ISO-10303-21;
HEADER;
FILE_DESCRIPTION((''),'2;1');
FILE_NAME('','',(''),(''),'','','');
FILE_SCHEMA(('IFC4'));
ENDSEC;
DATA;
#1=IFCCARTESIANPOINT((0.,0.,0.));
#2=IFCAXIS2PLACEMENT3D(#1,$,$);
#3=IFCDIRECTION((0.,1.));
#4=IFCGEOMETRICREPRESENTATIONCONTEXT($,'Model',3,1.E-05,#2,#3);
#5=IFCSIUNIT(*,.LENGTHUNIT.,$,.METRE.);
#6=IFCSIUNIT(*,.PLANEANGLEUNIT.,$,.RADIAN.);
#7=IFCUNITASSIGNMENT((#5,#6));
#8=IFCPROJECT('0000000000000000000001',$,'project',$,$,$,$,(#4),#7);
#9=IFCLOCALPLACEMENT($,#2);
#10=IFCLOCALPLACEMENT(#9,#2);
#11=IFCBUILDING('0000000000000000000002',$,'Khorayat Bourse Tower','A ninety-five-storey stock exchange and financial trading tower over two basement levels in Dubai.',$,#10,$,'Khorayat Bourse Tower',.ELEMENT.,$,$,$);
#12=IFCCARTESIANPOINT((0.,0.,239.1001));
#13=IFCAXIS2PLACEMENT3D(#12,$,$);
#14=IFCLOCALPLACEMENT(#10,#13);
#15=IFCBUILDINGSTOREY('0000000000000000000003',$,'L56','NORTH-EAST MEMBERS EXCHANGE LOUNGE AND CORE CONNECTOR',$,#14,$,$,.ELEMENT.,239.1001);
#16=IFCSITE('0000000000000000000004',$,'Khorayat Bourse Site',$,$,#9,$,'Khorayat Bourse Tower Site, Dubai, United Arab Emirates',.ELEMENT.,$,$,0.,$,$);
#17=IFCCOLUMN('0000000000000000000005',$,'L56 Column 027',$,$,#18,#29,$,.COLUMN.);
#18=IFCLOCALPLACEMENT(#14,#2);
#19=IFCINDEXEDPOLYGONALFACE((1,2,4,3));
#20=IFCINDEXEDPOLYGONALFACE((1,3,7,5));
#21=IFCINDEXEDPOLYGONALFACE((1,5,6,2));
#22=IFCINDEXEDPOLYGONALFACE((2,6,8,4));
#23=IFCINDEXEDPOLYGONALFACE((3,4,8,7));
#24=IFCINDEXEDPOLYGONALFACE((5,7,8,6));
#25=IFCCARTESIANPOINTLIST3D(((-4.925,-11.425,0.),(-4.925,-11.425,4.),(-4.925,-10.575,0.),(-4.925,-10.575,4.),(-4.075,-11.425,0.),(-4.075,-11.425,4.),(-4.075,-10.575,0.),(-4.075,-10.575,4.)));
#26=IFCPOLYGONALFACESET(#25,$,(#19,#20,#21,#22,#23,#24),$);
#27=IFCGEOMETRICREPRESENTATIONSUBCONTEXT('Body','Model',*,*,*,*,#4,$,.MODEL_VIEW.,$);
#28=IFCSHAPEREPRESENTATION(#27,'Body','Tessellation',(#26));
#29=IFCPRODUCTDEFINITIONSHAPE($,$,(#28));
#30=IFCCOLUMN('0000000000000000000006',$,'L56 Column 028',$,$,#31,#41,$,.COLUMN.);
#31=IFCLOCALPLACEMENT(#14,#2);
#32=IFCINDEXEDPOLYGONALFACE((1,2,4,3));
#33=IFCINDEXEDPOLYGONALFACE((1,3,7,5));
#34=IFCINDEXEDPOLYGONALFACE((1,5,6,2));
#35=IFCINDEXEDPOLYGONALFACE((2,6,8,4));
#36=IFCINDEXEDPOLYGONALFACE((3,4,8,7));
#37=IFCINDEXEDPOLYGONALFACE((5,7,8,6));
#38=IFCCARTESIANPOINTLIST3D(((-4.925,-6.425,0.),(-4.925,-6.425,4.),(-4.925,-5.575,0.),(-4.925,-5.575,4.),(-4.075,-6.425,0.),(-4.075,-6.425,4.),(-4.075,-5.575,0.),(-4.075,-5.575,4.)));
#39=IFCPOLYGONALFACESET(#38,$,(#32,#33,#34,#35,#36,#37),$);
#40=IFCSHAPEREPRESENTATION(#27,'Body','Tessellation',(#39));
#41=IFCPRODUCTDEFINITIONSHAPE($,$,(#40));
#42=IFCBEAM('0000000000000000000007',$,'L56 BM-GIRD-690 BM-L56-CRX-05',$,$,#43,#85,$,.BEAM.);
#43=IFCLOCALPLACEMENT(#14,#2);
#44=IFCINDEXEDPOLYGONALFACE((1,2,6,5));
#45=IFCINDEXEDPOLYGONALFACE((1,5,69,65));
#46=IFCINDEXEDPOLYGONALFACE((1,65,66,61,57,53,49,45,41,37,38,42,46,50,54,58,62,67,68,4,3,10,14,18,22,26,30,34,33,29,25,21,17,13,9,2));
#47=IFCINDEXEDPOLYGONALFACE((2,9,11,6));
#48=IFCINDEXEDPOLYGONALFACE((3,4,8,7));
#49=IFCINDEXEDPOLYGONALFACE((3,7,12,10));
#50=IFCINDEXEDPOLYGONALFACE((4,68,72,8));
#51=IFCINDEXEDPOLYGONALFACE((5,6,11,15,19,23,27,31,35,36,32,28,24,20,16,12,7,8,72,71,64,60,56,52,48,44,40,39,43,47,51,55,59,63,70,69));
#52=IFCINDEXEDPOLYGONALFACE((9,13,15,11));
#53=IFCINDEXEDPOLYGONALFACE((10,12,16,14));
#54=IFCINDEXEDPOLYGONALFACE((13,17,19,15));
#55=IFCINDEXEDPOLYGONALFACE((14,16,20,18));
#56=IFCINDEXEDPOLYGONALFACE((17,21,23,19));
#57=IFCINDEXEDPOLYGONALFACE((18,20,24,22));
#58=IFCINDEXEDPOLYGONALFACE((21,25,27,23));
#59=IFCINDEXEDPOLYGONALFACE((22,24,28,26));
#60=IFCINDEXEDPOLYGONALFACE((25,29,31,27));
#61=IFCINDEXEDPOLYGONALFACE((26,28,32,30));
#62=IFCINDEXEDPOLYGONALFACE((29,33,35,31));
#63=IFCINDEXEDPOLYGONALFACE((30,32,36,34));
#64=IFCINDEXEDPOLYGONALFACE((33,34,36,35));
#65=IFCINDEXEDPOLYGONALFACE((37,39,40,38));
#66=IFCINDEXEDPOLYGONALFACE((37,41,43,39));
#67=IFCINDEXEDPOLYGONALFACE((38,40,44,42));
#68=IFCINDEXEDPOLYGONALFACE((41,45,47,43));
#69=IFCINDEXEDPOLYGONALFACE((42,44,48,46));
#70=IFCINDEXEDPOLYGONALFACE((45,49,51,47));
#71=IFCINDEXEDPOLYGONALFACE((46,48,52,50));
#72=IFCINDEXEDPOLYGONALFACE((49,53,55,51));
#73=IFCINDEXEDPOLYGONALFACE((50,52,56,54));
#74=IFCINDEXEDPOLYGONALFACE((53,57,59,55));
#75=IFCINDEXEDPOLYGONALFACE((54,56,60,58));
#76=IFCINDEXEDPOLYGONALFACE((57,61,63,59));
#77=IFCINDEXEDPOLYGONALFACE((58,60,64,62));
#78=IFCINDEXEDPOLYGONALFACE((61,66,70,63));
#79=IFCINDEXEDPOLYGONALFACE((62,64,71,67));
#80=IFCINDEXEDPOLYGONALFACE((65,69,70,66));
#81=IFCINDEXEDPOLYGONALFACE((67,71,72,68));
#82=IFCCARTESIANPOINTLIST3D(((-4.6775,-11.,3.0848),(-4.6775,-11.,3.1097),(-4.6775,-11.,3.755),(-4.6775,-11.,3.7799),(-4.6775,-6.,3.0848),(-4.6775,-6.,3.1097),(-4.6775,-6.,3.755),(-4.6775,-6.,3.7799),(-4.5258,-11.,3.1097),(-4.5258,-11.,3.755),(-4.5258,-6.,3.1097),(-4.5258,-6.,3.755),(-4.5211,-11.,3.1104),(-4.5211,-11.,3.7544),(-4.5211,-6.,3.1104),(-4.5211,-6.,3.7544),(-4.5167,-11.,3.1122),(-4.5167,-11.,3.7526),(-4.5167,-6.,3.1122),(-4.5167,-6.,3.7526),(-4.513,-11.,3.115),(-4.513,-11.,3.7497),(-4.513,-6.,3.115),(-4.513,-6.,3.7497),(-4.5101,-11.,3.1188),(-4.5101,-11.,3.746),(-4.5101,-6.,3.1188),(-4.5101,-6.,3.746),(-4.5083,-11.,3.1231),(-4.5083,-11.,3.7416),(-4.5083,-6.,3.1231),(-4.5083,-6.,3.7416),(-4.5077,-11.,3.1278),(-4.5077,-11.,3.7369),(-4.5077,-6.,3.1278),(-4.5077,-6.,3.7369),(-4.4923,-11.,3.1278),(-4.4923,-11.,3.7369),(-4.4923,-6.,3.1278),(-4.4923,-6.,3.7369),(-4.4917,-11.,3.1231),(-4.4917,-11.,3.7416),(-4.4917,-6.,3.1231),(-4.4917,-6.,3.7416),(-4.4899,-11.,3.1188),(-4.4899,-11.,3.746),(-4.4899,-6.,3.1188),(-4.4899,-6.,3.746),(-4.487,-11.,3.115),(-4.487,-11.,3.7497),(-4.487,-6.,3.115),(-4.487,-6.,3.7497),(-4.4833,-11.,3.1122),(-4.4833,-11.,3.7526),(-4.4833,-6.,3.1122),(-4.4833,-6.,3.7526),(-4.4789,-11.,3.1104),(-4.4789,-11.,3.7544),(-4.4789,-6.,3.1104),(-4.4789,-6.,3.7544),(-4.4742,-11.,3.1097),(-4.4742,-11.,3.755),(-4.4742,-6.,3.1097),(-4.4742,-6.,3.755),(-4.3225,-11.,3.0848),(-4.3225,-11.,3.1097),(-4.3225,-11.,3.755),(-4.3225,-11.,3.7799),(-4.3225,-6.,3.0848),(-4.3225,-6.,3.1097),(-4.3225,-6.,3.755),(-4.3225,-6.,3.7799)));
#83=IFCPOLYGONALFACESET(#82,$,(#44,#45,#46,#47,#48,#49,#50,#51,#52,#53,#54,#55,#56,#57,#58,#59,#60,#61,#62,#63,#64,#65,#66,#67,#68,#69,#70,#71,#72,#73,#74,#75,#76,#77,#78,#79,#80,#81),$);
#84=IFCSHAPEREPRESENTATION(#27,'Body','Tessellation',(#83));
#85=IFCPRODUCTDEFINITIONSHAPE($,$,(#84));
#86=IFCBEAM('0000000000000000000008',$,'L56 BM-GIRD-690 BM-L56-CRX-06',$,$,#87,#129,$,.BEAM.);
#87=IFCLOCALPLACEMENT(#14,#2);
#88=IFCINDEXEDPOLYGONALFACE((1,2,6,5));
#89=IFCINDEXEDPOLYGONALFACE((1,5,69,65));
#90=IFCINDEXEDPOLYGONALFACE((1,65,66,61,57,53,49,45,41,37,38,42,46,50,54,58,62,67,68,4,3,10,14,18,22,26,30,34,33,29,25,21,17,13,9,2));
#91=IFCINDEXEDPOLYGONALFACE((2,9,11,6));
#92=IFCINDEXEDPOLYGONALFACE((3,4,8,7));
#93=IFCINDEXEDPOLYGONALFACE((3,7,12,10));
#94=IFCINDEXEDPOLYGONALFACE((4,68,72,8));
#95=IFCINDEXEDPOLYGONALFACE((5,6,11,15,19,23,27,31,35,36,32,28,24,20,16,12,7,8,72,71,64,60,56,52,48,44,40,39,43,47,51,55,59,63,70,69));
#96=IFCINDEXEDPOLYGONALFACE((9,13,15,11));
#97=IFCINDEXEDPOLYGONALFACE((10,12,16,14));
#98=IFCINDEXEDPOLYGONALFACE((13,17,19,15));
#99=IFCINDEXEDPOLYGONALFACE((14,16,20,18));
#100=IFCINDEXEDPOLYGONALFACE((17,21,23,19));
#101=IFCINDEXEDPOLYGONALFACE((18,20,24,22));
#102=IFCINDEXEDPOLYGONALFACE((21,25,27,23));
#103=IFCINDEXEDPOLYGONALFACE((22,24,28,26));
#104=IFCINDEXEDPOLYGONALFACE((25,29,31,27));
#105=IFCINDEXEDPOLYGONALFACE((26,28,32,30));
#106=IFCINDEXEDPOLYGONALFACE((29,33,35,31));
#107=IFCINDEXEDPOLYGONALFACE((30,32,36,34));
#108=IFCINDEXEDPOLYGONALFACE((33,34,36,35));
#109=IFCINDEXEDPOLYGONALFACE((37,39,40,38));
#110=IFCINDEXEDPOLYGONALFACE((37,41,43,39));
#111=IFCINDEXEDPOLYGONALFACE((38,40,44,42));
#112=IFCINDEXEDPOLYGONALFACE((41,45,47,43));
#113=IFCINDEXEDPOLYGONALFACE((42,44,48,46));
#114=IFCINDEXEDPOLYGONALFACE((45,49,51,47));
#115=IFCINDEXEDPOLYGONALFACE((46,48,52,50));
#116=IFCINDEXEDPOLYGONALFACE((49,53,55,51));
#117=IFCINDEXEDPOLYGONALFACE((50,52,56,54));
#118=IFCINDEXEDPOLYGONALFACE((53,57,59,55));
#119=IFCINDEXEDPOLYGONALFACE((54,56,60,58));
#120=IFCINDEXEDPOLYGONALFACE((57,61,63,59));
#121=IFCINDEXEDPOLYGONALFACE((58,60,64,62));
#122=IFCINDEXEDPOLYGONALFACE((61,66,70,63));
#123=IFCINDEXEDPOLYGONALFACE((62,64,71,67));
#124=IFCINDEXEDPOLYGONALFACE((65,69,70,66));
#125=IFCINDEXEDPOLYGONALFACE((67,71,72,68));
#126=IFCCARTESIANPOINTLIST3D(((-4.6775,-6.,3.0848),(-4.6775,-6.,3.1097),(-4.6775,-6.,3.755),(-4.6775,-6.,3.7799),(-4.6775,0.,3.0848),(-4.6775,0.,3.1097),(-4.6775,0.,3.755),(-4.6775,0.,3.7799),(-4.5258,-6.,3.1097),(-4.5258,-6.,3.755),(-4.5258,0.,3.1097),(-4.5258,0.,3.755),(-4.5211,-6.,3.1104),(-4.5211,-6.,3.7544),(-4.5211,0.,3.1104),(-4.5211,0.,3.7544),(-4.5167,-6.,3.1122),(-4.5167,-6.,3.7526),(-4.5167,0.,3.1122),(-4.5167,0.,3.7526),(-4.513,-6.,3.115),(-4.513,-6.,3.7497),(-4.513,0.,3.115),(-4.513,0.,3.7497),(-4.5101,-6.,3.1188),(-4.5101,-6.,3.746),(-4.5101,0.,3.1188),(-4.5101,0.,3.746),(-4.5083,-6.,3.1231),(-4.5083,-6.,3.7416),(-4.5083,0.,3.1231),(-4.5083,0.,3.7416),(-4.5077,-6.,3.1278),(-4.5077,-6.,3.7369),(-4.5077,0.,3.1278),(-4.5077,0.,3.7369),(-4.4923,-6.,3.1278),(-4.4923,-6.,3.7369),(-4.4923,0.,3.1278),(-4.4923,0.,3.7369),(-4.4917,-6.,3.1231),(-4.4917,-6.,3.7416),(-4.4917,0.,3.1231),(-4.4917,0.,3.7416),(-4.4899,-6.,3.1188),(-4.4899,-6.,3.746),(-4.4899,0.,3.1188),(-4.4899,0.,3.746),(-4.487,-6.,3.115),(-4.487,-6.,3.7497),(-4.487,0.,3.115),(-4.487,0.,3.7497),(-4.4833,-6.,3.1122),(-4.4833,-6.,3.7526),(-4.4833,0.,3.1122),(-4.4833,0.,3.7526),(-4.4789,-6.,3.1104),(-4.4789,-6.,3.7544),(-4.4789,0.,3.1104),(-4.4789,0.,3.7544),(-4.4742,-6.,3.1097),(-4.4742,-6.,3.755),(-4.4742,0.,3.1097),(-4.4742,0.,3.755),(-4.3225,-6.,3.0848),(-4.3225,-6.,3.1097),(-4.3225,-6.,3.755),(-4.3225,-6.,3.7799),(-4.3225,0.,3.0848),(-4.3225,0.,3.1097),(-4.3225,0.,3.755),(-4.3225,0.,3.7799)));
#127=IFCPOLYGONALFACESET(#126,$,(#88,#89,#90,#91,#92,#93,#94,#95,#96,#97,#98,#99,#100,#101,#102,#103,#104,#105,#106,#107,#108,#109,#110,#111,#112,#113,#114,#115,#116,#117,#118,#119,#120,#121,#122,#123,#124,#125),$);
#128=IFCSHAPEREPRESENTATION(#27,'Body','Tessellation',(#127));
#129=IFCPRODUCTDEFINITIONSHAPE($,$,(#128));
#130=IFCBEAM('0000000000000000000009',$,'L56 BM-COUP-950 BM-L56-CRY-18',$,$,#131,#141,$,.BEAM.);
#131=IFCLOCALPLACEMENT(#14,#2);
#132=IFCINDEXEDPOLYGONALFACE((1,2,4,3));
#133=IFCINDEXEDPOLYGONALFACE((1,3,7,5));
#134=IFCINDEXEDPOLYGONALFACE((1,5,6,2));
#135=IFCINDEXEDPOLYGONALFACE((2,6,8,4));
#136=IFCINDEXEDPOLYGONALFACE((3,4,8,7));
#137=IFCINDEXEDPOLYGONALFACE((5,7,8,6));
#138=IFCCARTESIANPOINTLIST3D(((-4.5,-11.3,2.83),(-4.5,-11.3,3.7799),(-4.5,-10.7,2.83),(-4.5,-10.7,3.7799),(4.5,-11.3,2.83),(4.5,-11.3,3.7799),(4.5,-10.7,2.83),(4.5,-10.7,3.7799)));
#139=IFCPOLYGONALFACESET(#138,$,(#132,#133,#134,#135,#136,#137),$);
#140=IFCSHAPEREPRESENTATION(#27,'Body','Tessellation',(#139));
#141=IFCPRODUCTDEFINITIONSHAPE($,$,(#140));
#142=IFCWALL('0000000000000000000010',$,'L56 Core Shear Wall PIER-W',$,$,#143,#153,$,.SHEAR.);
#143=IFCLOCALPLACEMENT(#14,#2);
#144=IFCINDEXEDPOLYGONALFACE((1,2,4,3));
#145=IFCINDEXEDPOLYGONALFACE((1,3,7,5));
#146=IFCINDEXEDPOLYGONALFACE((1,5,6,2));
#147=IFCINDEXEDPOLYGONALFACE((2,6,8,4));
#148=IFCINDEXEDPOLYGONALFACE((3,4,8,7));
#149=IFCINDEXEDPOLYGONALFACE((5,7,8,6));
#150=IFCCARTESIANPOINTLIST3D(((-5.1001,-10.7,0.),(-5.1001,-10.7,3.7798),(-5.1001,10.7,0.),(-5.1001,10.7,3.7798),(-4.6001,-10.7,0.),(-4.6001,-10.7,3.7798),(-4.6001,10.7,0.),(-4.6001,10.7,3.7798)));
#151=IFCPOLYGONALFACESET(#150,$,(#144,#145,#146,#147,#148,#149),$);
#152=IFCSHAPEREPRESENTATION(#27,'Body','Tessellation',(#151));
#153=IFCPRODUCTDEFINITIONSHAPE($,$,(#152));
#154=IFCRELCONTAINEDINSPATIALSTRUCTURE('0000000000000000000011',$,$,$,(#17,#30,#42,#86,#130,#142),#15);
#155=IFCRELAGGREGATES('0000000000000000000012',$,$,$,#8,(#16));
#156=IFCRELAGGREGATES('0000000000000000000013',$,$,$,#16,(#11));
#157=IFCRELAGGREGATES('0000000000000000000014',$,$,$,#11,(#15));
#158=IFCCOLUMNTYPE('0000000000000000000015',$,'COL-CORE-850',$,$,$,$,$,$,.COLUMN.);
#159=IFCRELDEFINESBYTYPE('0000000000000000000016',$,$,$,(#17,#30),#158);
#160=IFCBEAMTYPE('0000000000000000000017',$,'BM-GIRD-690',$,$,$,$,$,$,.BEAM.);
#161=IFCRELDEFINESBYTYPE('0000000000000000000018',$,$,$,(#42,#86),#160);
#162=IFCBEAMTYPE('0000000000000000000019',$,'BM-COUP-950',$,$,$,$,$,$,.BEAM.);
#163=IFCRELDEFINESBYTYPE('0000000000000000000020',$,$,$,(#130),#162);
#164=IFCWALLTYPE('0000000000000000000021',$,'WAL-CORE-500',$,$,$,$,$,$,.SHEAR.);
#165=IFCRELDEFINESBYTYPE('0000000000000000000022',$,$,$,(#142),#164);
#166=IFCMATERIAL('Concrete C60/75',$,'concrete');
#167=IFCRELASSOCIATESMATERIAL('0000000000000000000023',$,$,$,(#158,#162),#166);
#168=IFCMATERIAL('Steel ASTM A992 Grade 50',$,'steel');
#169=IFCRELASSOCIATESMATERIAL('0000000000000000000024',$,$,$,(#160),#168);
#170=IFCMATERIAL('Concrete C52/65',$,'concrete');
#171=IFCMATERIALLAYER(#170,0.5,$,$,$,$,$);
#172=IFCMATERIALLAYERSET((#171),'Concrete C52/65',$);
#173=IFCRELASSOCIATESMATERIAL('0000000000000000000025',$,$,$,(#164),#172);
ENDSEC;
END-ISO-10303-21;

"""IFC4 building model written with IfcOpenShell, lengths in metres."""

from ifc_helpers import new_model, si_unit, direction, frame, frame_2d, origin, origin_2d, place, context, subcontext, project, spatial, rectangle, i_section, extrude, source, transform, mapped, material, layer, layer_set, material_profile, profile_set, type_object, element, save


model = new_model("IFC4")

# Units and contexts
model_context = context("Model", 3, precision=1e-05, world=origin(), true_north=direction((0.0, 1.0)))
body_context = subcontext(model_context, "Body", "Model", "MODEL_VIEW")
ifc_project = project(units=[si_unit("LENGTHUNIT", "METRE"), si_unit("PLANEANGLEUNIT", "RADIAN")], contexts=[model_context])

# Site, building, storey
site_placement = place(None, origin())
site = spatial("IfcSite", under=ifc_project, at=site_placement, Name="Khorayat Bourse Site", LongName="Khorayat Bourse Tower Site, Dubai, United Arab Emirates", CompositionType="ELEMENT", RefElevation=0.0)
building_placement = place(site_placement, origin())
building = spatial("IfcBuilding", under=site, at=building_placement, Name="Khorayat Bourse Tower", Description="A ninety-five-storey stock exchange and financial trading tower over two basement levels in Dubai.", LongName="Khorayat Bourse Tower", CompositionType="ELEMENT")
storey_placement = place(building_placement, frame((0.0, 0.0, 239.1001)))
storey = spatial("IfcBuildingStorey", under=building, at=storey_placement, Name="L56", Description="NORTH-EAST MEMBERS EXCHANGE LOUNGE AND CORE CONNECTOR", CompositionType="ELEMENT", Elevation=239.1001)

# Columns
ifc_material_1 = material(Name="Concrete C60/75", Category="concrete")
ifc_material_profile_1 = material_profile(ifc_material_1, rectangle(XDim=0.8501, YDim=0.8501, at=origin_2d()), Name="RC 850x850")
ifc_profile_set_1 = profile_set([ifc_material_profile_1], Name="Concrete C60/75")
column_type = type_object("IfcColumnType", Name="COL-CORE-850", PredefinedType="COLUMN", material=ifc_profile_set_1)
shared_shape_1 = source(origin(), body_context, "Body", "SweptSolid", [
    extrude(rectangle(XDim=0.8501, YDim=0.8501, at=origin_2d()), origin(), (0.0, 0.0, 1.0), 4.0),
])
for number, where, z_axis, x_axis, name in (
    (1, (-4.5, -11.0, 0.0), (0.0, 0.0, 1.0), (1.0, 0.0, 0.0), "L56 Column 027"),
    (2, (-4.5, -6.0, 0.0), (0.0, 0.0, 1.0), (1.0, 0.0, 0.0), "L56 Column 028"),
):
    element("IfcColumn", number, at=place(storey_placement, frame(where, z_axis=z_axis, x_axis=x_axis)), inside=storey, type_object=column_type, Name=name, PredefinedType="COLUMN", context=body_context, shape_type="MappedRepresentation", body=[
        mapped(shared_shape_1, transform((0.0, 0.0, 0.0), scale=1.0)),
    ])

# Beams
ifc_material_2 = material(Name="Steel ASTM A992 Grade 50", Category="steel")
ifc_material_profile_2 = material_profile(ifc_material_2, i_section(OverallWidth=0.355, OverallDepth=0.6951, WebThickness=0.0154, FlangeThickness=0.0249, FilletRadius=0.0181, at=origin_2d()), Name="W690X217")
ifc_profile_set_2 = profile_set([ifc_material_profile_2], Name="Steel ASTM A992 Grade 50")
beam_type_1 = type_object("IfcBeamType", Name="BM-GIRD-690", PredefinedType="BEAM", material=ifc_profile_set_2)
shared_shape_2 = source(origin(), body_context, "Body", "SweptSolid", [
    extrude(i_section(OverallWidth=0.355, OverallDepth=0.6951, WebThickness=0.0154, FlangeThickness=0.0249, FilletRadius=0.0181, at=origin_2d()), origin(), (0.0, 0.0, 1.0), 5.0),
])
beam_1_placement = place(storey_placement, frame((-4.5, -11.0, 3.4324), z_axis=(0.0, 1.0, 0.0), x_axis=(-1.0, 0.0, 0.0)))
element("IfcBeam", 3, at=beam_1_placement, inside=storey, type_object=beam_type_1, Name="L56 BM-GIRD-690 BM-L56-CRX-05", PredefinedType="BEAM", context=body_context, shape_type="MappedRepresentation", body=[
    mapped(shared_shape_2, transform((0.0, 0.0, 0.0), scale=1.0)),
])
shared_shape_3 = source(origin(), body_context, "Body", "SweptSolid", [
    extrude(i_section(OverallWidth=0.355, OverallDepth=0.6951, WebThickness=0.0154, FlangeThickness=0.0249, FilletRadius=0.0181, at=origin_2d()), origin(), (0.0, 0.0, 1.0), 6.0),
])
beam_2_placement = place(storey_placement, frame((-4.5, -6.0, 3.4324), z_axis=(0.0, 1.0, 0.0), x_axis=(-1.0, 0.0, 0.0)))
element("IfcBeam", 4, at=beam_2_placement, inside=storey, type_object=beam_type_1, Name="L56 BM-GIRD-690 BM-L56-CRX-06", PredefinedType="BEAM", context=body_context, shape_type="MappedRepresentation", body=[
    mapped(shared_shape_3, transform((0.0, 0.0, 0.0), scale=1.0)),
])
ifc_material_profile_3 = material_profile(ifc_material_1, rectangle(XDim=0.6001, YDim=0.95, at=origin_2d()), Name="RC 600x950")
ifc_profile_set_3 = profile_set([ifc_material_profile_3], Name="Concrete C60/75")
beam_type_2 = type_object("IfcBeamType", Name="BM-COUP-950", PredefinedType="BEAM", material=ifc_profile_set_3)
shared_shape_4 = source(origin(), body_context, "Body", "SweptSolid", [
    extrude(rectangle(XDim=0.6001, YDim=0.95, at=origin_2d()), origin(), (0.0, 0.0, 1.0), 9.0),
])
beam_3_placement = place(storey_placement, frame((-4.5, -11.0, 3.3049), z_axis=(1.0, 0.0, 0.0), x_axis=(0.0, 1.0, 0.0)))
element("IfcBeam", 5, at=beam_3_placement, inside=storey, type_object=beam_type_2, Name="L56 BM-COUP-950 BM-L56-CRY-18", PredefinedType="BEAM", context=body_context, shape_type="MappedRepresentation", body=[
    mapped(shared_shape_4, transform((0.0, 0.0, 0.0), scale=1.0)),
])

# Wall
ifc_material_3 = material(Name="Concrete C52/65", Category="concrete")
ifc_layer_1 = layer(ifc_material_3, 0.5)
ifc_layer_set_1 = layer_set([ifc_layer_1], Name="Concrete C52/65")
wall_type_1 = type_object("IfcWallType", Name="WAL-CORE-500", PredefinedType="SHEAR", material=ifc_layer_set_1)
shared_shape_5 = source(origin(), body_context, "Body", "SweptSolid", [
    extrude(rectangle(XDim=21.3999, YDim=0.5, at=frame_2d((10.7, 0.0))), origin(), (0.0, 0.0, 1.0), 3.7798),
])
wall_1_placement = place(storey_placement, frame((-4.8501, -10.7, 0.0), z_axis=(0.0, 0.0, 1.0), x_axis=(0.0, 1.0, 0.0)))
element("IfcWall", 6, at=wall_1_placement, inside=storey, type_object=wall_type_1, Name="L56 Core Shear Wall PIER-W", PredefinedType="SHEAR", context=body_context, shape_type="MappedRepresentation", body=[
    mapped(shared_shape_5, transform((0.0, 0.0, 0.0), scale=1.0)),
])

save(model, "model.ifc")
